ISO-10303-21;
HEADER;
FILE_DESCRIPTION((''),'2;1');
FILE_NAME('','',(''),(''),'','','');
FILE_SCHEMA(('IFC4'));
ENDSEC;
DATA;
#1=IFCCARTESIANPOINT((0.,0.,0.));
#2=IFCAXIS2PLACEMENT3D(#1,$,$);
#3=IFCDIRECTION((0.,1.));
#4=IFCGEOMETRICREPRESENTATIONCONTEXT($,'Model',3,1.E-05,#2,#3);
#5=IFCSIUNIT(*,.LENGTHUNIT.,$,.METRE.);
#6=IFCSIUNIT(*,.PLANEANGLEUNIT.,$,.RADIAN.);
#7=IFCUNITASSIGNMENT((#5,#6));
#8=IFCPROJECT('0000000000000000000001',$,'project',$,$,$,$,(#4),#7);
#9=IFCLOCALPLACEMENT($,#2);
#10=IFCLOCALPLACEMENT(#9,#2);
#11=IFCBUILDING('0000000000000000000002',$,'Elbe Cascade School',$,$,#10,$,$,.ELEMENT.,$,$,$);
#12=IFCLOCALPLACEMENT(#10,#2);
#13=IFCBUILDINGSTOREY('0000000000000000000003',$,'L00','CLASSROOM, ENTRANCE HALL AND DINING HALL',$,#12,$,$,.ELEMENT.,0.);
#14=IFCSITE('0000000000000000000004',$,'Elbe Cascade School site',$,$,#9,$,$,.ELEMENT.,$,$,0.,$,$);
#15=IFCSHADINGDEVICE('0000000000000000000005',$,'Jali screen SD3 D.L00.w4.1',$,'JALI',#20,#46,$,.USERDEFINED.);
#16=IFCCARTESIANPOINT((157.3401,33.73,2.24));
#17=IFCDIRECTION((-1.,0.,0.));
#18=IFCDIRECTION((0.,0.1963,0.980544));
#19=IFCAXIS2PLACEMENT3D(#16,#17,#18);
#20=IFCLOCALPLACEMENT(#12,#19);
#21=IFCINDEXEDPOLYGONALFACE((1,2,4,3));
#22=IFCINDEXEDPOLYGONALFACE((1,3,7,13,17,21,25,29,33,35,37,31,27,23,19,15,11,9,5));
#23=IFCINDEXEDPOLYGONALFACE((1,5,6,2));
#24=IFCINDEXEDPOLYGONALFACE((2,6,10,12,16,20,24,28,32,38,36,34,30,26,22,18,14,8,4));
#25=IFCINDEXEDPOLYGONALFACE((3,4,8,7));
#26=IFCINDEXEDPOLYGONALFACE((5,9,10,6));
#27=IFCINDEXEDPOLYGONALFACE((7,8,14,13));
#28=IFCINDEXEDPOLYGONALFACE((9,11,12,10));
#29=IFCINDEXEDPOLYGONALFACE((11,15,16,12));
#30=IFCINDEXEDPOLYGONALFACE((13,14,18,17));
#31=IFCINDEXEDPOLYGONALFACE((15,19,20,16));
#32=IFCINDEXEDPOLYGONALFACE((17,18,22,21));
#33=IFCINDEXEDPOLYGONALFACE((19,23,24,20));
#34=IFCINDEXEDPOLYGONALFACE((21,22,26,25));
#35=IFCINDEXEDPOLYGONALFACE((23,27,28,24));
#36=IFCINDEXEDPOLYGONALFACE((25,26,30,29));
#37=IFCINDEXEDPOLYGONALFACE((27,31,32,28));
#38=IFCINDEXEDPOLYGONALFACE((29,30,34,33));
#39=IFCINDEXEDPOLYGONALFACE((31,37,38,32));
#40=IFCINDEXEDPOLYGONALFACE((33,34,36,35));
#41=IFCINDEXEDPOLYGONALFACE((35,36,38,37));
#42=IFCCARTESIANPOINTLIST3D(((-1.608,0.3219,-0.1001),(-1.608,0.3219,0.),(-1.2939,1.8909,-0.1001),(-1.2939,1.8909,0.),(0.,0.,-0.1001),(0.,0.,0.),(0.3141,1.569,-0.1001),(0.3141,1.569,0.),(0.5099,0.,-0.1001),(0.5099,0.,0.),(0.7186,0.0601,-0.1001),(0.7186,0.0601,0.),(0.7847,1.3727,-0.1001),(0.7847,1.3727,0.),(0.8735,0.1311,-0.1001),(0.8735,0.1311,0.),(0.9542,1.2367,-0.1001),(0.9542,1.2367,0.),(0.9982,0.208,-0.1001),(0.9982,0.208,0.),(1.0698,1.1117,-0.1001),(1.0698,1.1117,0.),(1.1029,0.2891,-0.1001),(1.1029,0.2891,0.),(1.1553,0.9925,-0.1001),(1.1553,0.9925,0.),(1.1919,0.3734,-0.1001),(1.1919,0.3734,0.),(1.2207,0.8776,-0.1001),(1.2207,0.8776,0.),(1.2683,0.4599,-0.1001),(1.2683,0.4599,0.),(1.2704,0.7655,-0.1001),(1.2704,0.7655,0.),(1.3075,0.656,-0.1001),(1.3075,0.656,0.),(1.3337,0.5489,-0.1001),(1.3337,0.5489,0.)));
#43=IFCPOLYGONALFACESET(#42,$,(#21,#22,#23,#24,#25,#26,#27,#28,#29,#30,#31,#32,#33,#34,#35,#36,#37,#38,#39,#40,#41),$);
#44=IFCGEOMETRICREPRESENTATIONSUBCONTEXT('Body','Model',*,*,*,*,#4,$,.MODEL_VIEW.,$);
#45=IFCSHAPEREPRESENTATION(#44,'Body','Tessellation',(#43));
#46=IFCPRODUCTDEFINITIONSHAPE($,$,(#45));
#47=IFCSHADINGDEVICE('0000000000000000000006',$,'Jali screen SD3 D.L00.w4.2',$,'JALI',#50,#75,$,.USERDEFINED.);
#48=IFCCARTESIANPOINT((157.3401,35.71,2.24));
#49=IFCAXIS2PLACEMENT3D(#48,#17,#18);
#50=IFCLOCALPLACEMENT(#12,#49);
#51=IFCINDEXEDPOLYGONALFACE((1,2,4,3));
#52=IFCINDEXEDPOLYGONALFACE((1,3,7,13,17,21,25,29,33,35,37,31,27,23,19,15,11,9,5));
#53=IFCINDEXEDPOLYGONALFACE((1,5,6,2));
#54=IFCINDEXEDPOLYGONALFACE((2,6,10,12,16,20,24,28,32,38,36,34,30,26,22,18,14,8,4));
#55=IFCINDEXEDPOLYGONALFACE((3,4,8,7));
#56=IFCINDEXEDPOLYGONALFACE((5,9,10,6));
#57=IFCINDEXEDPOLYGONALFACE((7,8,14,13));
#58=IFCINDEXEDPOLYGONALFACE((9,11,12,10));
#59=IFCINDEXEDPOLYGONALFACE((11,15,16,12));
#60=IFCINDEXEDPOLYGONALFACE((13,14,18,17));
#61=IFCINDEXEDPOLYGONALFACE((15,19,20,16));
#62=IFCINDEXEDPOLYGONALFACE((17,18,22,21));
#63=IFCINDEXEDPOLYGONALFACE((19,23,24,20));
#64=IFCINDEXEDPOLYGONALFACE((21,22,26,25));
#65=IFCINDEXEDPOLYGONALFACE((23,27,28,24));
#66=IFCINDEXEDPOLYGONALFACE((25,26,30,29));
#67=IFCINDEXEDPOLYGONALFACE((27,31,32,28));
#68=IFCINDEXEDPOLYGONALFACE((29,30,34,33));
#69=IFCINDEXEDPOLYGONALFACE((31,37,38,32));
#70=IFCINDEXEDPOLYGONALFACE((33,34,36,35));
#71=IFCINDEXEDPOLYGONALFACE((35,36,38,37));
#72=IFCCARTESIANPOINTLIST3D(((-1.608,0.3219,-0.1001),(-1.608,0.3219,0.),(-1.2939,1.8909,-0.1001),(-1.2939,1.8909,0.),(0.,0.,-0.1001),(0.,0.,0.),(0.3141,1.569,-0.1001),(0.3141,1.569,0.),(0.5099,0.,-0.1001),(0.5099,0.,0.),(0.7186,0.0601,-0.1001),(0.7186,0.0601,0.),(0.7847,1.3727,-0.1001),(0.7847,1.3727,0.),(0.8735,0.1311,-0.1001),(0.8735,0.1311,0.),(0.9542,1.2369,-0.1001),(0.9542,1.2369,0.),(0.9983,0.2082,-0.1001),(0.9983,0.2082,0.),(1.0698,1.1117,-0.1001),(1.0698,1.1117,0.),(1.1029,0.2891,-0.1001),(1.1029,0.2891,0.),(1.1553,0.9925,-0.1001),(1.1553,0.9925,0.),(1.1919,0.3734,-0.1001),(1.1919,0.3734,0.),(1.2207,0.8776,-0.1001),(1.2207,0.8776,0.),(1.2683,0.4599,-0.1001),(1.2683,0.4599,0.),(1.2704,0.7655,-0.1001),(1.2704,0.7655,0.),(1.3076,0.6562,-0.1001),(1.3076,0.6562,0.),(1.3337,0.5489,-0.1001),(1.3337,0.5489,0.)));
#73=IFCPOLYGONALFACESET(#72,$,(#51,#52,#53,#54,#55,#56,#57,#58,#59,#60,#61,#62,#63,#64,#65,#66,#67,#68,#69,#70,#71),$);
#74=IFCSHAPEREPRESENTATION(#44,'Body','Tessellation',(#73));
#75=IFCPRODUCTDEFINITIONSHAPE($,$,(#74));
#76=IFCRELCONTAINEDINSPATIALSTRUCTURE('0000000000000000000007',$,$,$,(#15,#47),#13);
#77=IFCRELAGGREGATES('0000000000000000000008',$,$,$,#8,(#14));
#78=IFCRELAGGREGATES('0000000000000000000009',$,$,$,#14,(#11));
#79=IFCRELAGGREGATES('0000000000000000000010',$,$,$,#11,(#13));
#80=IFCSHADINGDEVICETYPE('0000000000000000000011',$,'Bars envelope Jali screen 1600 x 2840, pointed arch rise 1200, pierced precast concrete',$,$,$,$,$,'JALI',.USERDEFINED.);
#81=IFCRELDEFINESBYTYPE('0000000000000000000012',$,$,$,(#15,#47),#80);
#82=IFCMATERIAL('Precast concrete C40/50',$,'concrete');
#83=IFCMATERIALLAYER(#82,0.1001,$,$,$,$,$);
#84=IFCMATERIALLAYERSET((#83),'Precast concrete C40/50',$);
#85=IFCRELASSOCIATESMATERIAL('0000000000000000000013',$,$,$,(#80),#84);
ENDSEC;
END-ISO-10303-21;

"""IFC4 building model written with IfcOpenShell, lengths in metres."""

from ifc_helpers import new_model, si_unit, direction, frame, origin, place, context, subcontext, project, spatial, polyline, outline, extrude, material, layer, layer_set, type_object, element, save


model = new_model("IFC4")

# Units and contexts
model_context = context("Model", 3, precision=1e-05, world=origin(), true_north=direction((0.0, 1.0)))
body_context = subcontext(model_context, "Body", "Model", "MODEL_VIEW")
ifc_project = project(units=[si_unit("LENGTHUNIT", "METRE"), si_unit("PLANEANGLEUNIT", "RADIAN")], contexts=[model_context])

# Site, building, storey
site_placement = place(None, origin())
site = spatial("IfcSite", under=ifc_project, at=site_placement, Name="Elbe Cascade School site", CompositionType="ELEMENT", RefElevation=0.0)
building_placement = place(site_placement, origin())
building = spatial("IfcBuilding", under=site, at=building_placement, Name="Elbe Cascade School", CompositionType="ELEMENT")
storey_placement = place(building_placement, origin())
storey = spatial("IfcBuildingStorey", under=building, at=storey_placement, Name="L00", Description="CLASSROOM, ENTRANCE HALL AND DINING HALL", CompositionType="ELEMENT", Elevation=0.0)

# Shading devices
ifc_material_1 = material(Name="Precast concrete C40/50", Category="concrete")
ifc_layer_1 = layer(ifc_material_1, 0.1001)
ifc_layer_set_1 = layer_set([ifc_layer_1], Name="Precast concrete C40/50")
shading_device_type_1 = type_object("IfcShadingDeviceType", Name="Bars envelope Jali screen 1600 x 2840, pointed arch rise 1200, pierced precast concrete", ElementType="JALI", PredefinedType="USERDEFINED", material=ifc_layer_set_1)
shading_device_1_placement = place(storey_placement, frame((157.3401, 33.73, 2.24), z_axis=(-1.0, 0.0, 0.0), x_axis=(0.0, 0.1963, 0.980544)))
element("IfcShadingDevice", 1, at=shading_device_1_placement, inside=storey, type_object=shading_device_type_1, Name="Jali screen SD3 D.L00.w4.1", ObjectType="JALI", PredefinedType="USERDEFINED", context=body_context, shape_type="SweptSolid", body=[
    extrude(outline(polyline([(0.0, 0.0), (0.5099, 0.0), (0.7186, 0.0601), (0.8735, 0.1311), (0.9982, 0.208), (1.1029, 0.2891), (1.1919, 0.3734), (1.2683, 0.4599), (1.3337, 0.5489), (1.3075, 0.656), (1.2704, 0.7655), (1.2207, 0.8776), (1.1553, 0.9925), (1.0698, 1.1117), (0.9542, 1.2367), (0.7847, 1.3727), (0.3141, 1.569), (-1.2939, 1.8909), (-1.608, 0.3219), (0.0, 0.0)])), origin(), (0.0, 0.0, -1.0), 0.1001),
])
shading_device_2_placement = place(storey_placement, frame((157.3401, 35.71, 2.24), z_axis=(-1.0, 0.0, 0.0), x_axis=(0.0, 0.1963, 0.980544)))
element("IfcShadingDevice", 2, at=shading_device_2_placement, inside=storey, type_object=shading_device_type_1, Name="Jali screen SD3 D.L00.w4.2", ObjectType="JALI", PredefinedType="USERDEFINED", context=body_context, shape_type="SweptSolid", body=[
    extrude(outline(polyline([(0.0, 0.0), (0.5099, 0.0), (0.7186, 0.0601), (0.8735, 0.1311), (0.9983, 0.2082), (1.1029, 0.2891), (1.1919, 0.3734), (1.2683, 0.4599), (1.3337, 0.5489), (1.3076, 0.6562), (1.2704, 0.7655), (1.2207, 0.8776), (1.1553, 0.9925), (1.0698, 1.1117), (0.9542, 1.2369), (0.7847, 1.3727), (0.3141, 1.569), (-1.2939, 1.8909), (-1.608, 0.3219), (0.0, 0.0)])), origin(), (0.0, 0.0, -1.0), 0.1001),
])

save(model, "model.ifc")
